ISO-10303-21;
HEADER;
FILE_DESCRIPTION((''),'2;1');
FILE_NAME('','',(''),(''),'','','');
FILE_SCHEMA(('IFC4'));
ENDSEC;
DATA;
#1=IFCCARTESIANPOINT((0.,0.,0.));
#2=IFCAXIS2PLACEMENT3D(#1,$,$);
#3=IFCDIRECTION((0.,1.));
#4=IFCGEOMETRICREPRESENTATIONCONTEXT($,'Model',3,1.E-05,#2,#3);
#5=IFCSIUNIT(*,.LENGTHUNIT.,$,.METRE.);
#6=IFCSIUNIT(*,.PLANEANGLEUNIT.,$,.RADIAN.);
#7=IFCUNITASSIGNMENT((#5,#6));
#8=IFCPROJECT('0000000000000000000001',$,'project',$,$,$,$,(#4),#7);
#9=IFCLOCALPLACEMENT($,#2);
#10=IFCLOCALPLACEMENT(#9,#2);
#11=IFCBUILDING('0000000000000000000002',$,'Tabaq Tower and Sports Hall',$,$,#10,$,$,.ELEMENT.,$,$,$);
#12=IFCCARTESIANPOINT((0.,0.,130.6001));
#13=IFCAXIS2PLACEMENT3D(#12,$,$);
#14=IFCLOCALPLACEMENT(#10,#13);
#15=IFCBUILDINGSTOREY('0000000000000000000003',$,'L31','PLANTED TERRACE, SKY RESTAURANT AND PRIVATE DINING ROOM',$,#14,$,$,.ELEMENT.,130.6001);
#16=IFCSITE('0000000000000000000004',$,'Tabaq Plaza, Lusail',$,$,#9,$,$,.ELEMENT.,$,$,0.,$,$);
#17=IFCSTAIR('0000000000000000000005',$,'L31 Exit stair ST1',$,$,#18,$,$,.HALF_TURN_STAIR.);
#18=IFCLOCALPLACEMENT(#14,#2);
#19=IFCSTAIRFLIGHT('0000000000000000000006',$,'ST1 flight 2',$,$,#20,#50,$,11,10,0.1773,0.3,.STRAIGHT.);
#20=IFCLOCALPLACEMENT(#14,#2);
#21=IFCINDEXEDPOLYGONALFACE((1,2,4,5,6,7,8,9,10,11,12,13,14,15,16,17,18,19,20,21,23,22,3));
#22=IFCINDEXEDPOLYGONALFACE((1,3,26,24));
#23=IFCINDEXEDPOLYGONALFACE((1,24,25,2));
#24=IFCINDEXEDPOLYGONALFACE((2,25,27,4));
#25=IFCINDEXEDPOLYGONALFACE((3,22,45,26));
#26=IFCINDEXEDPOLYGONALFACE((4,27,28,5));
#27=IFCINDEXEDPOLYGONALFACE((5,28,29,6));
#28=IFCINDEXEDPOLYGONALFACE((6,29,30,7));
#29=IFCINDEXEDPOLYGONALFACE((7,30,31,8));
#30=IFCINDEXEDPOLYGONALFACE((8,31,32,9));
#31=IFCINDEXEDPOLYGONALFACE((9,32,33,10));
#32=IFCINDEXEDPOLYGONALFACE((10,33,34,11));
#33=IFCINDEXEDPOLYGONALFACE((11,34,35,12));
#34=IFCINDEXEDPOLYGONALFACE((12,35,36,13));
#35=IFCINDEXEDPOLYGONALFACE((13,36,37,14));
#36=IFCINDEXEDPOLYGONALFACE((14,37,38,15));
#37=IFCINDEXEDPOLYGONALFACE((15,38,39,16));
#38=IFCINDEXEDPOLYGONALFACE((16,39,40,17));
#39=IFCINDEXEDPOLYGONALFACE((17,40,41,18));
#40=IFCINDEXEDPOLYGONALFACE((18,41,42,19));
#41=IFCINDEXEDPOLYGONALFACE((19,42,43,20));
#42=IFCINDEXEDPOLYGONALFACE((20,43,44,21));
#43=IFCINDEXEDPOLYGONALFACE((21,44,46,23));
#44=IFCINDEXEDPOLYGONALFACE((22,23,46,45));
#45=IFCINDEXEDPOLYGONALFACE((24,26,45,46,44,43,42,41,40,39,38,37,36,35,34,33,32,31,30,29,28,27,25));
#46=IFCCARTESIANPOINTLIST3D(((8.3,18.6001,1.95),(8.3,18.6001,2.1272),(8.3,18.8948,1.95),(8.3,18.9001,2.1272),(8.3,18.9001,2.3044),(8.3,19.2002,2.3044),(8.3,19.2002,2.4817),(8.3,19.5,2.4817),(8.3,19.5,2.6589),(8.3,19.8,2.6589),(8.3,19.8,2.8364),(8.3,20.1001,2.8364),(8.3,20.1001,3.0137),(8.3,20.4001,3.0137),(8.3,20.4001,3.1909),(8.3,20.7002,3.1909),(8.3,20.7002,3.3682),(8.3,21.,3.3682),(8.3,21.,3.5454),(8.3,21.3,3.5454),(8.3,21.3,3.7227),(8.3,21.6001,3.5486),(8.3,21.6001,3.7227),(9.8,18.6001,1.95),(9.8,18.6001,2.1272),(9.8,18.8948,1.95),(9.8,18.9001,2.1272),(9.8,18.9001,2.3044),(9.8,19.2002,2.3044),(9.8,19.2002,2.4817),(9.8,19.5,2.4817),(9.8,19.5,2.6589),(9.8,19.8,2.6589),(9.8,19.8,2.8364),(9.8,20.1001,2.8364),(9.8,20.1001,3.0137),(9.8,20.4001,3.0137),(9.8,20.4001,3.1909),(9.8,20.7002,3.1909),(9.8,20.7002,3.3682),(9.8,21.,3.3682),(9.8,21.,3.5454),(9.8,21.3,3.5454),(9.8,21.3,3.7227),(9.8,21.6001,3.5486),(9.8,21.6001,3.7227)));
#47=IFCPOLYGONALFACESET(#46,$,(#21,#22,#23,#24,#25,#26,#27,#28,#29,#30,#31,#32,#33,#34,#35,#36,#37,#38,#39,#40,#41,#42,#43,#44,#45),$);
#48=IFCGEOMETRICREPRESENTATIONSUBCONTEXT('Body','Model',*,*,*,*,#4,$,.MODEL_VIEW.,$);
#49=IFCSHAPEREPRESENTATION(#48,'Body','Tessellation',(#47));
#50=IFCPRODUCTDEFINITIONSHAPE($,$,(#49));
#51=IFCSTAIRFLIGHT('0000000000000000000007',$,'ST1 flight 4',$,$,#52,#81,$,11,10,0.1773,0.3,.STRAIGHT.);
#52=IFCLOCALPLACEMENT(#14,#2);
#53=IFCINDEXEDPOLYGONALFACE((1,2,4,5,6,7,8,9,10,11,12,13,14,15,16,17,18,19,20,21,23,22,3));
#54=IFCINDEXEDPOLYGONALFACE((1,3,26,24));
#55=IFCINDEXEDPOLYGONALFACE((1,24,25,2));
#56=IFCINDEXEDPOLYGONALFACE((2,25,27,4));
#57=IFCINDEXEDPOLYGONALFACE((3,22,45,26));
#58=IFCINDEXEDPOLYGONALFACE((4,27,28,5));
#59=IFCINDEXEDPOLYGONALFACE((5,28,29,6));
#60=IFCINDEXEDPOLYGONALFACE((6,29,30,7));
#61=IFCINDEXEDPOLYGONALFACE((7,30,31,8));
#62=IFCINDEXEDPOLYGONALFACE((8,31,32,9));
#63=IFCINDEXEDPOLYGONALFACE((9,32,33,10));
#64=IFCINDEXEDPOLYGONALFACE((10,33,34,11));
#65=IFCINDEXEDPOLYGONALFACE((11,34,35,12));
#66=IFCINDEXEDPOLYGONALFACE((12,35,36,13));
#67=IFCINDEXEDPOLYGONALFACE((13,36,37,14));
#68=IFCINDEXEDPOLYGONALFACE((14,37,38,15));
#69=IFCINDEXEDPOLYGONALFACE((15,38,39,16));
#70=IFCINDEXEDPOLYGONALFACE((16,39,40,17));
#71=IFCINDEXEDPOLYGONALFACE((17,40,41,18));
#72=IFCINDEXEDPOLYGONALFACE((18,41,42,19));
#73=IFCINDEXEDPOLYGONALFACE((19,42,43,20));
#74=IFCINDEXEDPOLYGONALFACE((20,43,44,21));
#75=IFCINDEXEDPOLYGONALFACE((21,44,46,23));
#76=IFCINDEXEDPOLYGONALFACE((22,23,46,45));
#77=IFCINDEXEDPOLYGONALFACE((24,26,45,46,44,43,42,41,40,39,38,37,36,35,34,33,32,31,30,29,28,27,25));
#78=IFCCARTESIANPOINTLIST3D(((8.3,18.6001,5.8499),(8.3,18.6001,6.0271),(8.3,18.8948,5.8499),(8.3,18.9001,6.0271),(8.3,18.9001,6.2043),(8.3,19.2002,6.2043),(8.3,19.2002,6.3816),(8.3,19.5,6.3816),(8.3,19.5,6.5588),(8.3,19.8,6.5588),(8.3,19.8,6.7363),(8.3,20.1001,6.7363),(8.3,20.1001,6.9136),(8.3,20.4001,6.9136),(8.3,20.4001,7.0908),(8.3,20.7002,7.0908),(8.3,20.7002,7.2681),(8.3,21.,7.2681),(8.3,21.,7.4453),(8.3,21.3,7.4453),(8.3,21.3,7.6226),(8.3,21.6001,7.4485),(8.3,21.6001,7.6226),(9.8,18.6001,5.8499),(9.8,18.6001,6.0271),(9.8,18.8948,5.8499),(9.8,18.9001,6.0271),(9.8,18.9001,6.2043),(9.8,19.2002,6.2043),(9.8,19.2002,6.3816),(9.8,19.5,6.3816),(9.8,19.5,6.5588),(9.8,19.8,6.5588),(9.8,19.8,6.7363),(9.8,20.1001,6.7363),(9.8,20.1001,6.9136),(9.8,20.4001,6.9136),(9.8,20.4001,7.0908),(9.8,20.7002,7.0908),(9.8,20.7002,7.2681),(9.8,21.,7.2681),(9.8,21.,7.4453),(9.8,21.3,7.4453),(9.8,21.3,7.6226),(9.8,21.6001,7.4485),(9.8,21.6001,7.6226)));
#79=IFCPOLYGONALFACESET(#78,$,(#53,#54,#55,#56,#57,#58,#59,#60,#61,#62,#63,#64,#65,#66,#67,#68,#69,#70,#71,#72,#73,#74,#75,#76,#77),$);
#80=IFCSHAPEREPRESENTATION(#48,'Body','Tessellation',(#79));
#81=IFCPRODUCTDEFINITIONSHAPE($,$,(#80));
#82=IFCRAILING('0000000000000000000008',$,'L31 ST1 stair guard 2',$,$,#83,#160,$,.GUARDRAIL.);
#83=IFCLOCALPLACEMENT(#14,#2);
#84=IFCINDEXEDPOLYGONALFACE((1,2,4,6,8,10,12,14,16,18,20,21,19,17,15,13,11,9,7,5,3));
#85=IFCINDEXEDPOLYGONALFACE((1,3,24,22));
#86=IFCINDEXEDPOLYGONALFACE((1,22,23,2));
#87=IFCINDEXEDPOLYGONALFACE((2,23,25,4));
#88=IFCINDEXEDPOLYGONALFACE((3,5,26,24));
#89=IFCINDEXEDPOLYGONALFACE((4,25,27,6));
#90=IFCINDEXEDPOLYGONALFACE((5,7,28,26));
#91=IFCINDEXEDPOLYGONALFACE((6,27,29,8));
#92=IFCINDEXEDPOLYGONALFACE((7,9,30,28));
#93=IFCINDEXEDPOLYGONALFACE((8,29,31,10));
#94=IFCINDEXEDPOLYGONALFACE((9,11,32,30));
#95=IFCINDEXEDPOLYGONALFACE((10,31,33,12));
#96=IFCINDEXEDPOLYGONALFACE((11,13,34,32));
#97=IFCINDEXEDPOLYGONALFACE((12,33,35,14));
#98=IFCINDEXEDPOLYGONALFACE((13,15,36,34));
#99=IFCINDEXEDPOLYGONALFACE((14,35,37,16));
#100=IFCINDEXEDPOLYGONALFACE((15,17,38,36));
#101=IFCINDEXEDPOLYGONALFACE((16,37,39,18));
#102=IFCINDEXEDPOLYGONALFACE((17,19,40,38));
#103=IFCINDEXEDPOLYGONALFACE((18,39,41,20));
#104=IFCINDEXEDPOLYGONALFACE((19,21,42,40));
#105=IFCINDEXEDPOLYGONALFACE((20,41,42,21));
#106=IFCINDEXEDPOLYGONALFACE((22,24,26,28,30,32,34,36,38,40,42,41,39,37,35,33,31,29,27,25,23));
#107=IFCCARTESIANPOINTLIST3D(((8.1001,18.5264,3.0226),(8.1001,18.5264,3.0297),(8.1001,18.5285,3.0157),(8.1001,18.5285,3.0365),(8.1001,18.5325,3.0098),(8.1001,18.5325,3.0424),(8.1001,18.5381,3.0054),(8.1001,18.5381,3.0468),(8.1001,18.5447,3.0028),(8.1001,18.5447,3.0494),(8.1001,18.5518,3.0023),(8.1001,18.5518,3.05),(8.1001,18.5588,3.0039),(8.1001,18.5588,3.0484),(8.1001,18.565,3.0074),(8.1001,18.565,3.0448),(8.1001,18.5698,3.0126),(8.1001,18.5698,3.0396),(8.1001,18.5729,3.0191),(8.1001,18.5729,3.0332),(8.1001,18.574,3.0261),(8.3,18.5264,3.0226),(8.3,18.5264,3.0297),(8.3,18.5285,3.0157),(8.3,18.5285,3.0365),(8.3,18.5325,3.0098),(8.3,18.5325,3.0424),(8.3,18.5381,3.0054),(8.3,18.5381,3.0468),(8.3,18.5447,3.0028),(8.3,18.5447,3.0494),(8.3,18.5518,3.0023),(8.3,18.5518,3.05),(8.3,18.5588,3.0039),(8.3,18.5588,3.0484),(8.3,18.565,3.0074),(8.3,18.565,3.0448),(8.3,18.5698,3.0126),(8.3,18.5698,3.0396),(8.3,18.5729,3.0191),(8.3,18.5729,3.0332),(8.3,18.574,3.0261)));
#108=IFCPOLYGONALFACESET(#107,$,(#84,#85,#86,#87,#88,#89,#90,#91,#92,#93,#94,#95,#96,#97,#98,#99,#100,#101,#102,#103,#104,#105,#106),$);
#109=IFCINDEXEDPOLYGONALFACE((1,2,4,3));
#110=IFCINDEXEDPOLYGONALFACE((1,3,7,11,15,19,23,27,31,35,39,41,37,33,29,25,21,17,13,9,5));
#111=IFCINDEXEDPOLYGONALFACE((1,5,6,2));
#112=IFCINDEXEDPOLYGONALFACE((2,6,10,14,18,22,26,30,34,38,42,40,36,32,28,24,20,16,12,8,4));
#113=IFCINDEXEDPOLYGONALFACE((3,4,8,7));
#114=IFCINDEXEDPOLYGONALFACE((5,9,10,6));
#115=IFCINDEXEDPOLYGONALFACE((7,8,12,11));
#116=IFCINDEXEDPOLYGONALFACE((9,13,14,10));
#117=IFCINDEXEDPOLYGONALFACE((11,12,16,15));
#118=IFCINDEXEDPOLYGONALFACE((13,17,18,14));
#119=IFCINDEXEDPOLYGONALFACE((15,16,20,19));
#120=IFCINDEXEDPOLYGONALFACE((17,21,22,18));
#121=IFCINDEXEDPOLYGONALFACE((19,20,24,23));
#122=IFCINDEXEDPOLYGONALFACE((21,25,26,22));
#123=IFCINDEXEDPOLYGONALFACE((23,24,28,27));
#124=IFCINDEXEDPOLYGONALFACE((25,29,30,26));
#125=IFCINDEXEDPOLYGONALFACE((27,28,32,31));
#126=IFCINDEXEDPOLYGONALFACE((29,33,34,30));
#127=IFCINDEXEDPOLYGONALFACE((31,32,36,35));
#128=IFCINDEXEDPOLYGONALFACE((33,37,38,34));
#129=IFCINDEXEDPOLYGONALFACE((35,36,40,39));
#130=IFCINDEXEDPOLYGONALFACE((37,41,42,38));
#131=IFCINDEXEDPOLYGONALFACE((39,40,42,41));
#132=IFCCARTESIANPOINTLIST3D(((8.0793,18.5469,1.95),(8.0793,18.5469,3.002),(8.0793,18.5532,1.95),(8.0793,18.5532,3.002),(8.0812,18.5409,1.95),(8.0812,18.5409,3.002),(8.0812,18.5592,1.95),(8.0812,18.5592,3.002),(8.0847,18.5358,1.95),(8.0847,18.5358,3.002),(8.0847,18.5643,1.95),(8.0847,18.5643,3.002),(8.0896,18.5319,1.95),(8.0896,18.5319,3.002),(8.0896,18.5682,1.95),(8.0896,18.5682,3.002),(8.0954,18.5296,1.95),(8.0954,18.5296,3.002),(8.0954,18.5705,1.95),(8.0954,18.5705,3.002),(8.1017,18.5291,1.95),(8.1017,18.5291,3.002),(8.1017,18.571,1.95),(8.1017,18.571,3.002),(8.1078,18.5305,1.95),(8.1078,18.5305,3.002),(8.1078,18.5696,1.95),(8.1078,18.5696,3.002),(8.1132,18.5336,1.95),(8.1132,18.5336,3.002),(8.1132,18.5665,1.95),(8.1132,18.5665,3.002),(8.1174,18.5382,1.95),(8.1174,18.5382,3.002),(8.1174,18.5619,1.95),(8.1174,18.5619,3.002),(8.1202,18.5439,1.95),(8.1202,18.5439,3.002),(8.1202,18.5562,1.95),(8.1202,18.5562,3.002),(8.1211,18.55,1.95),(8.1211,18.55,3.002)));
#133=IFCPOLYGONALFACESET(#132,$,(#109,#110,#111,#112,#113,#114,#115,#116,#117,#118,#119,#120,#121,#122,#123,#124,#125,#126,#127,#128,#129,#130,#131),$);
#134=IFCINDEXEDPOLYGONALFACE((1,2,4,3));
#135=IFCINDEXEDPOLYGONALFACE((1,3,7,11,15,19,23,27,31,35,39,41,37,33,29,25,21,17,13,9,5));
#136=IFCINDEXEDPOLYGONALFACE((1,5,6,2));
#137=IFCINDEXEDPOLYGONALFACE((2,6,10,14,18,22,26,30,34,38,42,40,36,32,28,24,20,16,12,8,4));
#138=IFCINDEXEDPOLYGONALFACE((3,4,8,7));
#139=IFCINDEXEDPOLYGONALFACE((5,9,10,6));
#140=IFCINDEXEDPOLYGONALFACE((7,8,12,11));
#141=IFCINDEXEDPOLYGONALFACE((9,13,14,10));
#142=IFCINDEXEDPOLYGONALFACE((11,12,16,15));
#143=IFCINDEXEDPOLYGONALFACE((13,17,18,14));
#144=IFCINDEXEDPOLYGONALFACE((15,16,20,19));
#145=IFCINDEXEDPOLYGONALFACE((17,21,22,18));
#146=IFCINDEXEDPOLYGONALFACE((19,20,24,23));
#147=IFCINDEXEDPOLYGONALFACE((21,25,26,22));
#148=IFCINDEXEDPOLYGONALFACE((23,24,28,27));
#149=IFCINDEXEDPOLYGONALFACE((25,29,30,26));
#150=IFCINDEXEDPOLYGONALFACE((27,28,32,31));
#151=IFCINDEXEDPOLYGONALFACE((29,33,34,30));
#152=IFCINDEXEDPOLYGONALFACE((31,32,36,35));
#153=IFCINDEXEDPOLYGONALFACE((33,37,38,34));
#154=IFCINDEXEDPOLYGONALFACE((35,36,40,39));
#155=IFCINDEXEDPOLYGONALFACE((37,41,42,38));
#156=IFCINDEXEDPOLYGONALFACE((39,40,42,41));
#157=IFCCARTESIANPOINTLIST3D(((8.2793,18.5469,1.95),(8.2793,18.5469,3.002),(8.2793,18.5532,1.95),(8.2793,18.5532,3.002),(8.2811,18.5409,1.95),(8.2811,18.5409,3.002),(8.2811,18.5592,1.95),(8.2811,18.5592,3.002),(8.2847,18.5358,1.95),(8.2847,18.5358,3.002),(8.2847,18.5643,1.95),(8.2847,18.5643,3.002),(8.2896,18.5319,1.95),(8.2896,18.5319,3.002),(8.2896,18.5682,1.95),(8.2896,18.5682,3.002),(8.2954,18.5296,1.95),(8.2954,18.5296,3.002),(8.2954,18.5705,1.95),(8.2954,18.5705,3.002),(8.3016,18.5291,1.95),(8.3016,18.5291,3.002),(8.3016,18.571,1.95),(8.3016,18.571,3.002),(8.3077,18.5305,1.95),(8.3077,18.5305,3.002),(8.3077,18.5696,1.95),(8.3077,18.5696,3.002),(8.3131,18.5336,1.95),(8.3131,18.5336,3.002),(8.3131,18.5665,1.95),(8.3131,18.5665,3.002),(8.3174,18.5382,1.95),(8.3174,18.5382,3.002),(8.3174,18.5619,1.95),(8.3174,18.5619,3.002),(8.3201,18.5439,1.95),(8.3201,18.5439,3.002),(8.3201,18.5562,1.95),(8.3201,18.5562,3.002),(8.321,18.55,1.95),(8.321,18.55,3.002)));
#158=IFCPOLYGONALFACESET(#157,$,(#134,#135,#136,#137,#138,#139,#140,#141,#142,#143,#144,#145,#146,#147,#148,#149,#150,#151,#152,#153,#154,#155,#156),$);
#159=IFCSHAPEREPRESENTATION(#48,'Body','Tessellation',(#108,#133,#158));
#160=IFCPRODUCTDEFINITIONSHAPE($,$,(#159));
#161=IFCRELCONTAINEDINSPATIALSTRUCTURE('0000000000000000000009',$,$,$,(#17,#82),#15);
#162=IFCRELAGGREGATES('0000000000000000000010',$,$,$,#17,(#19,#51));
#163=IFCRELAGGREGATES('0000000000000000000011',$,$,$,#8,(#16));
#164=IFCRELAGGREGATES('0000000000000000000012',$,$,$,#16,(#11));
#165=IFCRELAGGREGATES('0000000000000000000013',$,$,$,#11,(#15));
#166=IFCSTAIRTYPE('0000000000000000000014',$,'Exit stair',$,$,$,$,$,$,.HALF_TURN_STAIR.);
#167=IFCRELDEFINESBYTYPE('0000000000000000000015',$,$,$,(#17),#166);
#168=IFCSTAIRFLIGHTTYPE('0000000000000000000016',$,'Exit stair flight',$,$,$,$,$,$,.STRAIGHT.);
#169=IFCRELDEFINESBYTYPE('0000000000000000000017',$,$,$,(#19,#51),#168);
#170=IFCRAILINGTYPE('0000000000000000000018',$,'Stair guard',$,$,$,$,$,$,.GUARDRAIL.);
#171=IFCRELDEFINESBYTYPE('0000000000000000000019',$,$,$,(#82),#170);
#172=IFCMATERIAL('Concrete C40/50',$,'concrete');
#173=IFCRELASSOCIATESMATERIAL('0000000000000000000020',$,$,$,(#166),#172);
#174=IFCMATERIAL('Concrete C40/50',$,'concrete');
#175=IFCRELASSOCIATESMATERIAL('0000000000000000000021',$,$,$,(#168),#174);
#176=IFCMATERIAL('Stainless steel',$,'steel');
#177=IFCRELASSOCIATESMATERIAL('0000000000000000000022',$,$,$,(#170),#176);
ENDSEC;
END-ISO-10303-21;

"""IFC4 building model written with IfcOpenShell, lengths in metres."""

from ifc_helpers import new_model, si_unit, direction, frame, origin, origin_2d, place, context, subcontext, project, spatial, polyline, circle, outline, extrude, material, type_object, element, aggregate, save


model = new_model("IFC4")

# Units and contexts
model_context = context("Model", 3, precision=1e-05, world=origin(), true_north=direction((0.0, 1.0)))
body_context = subcontext(model_context, "Body", "Model", "MODEL_VIEW")
ifc_project = project(units=[si_unit("LENGTHUNIT", "METRE"), si_unit("PLANEANGLEUNIT", "RADIAN")], contexts=[model_context])

# Site, building, storey
site_placement = place(None, origin())
site = spatial("IfcSite", under=ifc_project, at=site_placement, Name="Tabaq Plaza, Lusail", CompositionType="ELEMENT", RefElevation=0.0)
building_placement = place(site_placement, origin())
building = spatial("IfcBuilding", under=site, at=building_placement, Name="Tabaq Tower and Sports Hall", CompositionType="ELEMENT")
storey_placement = place(building_placement, frame((0.0, 0.0, 130.6001)))
storey = spatial("IfcBuildingStorey", under=building, at=storey_placement, Name="L31", Description="PLANTED TERRACE, SKY RESTAURANT AND PRIVATE DINING ROOM", CompositionType="ELEMENT", Elevation=130.6001)

# Stair, stair flights
ifc_material_1 = material(Name="Concrete C40/50", Category="concrete")
stair_type = type_object("IfcStairType", Name="Exit stair", PredefinedType="HALF_TURN_STAIR", material=ifc_material_1)
stair_placement = place(storey_placement, origin())
stair = element("IfcStair", 1, at=stair_placement, inside=storey, type_object=stair_type, Name="L31 Exit stair ST1", PredefinedType="HALF_TURN_STAIR")
ifc_material_2 = material(Name="Concrete C40/50", Category="concrete")
stair_flight_type = type_object("IfcStairFlightType", Name="Exit stair flight", PredefinedType="STRAIGHT", material=ifc_material_2)
stair_flight_1_placement = place(storey_placement, frame((9.05, 18.6001, 1.95), z_axis=(0.0, 0.0, 1.0), x_axis=(0.0, 1.0, 0.0)))
stair_flight_1 = element("IfcStairFlight", 2, at=stair_flight_1_placement, type_object=stair_flight_type, Name="ST1 flight 2", NumberOfRisers=11, NumberOfTreads=10, PredefinedType="STRAIGHT", RiserHeight=0.1773, TreadLength=0.3, context=body_context, shape_type="SweptSolid", body=[
    extrude(outline(polyline([(0.0, 0.0), (0.0, 0.1772), (0.3, 0.1772), (0.3, 0.3545), (0.6001, 0.3545), (0.6001, 0.5317), (0.8999, 0.5317), (0.8999, 0.709), (1.2, 0.709), (1.2, 0.8865), (1.5, 0.8865), (1.5, 1.0637), (1.8, 1.0637), (1.8, 1.241), (2.1001, 1.241), (2.1001, 1.4182), (2.3999, 1.4182), (2.3999, 1.5955), (2.7, 1.5955), (2.7, 1.7727), (3.0, 1.7727), (3.0, 1.95), (3.0, 1.5986), (0.2947, 0.0), (0.0, 0.0)])), frame((0.0, 0.75, 0.0), z_axis=(0.0, -1.0, 0.0), x_axis=(1.0, 0.0, 0.0)), (0.0, 0.0, 1.0), 1.5),
])
stair_flight_2_placement = place(storey_placement, frame((9.05, 18.6001, 5.8499), z_axis=(0.0, 0.0, 1.0), x_axis=(0.0, 1.0, 0.0)))
stair_flight_2 = element("IfcStairFlight", 3, at=stair_flight_2_placement, type_object=stair_flight_type, Name="ST1 flight 4", NumberOfRisers=11, NumberOfTreads=10, PredefinedType="STRAIGHT", RiserHeight=0.1773, TreadLength=0.3, context=body_context, shape_type="SweptSolid", body=[
    extrude(outline(polyline([(0.0, 0.0), (0.0, 0.1772), (0.3, 0.1772), (0.3, 0.3545), (0.6001, 0.3545), (0.6001, 0.5317), (0.8999, 0.5317), (0.8999, 0.709), (1.2, 0.709), (1.2, 0.8865), (1.5, 0.8865), (1.5, 1.0637), (1.8, 1.0637), (1.8, 1.241), (2.1001, 1.241), (2.1001, 1.4182), (2.3999, 1.4182), (2.3999, 1.5955), (2.7, 1.5955), (2.7, 1.7727), (3.0, 1.7727), (3.0, 1.95), (3.0, 1.5986), (0.2947, 0.0), (0.0, 0.0)])), frame((0.0, 0.75, 0.0), z_axis=(0.0, -1.0, 0.0), x_axis=(1.0, 0.0, 0.0)), (0.0, 0.0, 1.0), 1.5),
])
aggregate(stair, [stair_flight_1, stair_flight_2])

# Railing
ifc_material_3 = material(Name="Stainless steel", Category="steel")
railing_type_1 = type_object("IfcRailingType", Name="Stair guard", PredefinedType="GUARDRAIL", material=ifc_material_3)
railing_1_placement = place(storey_placement, frame((8.1001, 18.55, 1.95)))
element("IfcRailing", 4, at=railing_1_placement, inside=storey, type_object=railing_type_1, Name="L31 ST1 stair guard 2", PredefinedType="GUARDRAIL", context=body_context, shape_type="SweptSolid", body=[
    extrude(circle(Radius=0.0239, at=origin_2d()), frame((0.0, 0.0, 1.0762), z_axis=(1.0, 0.0, 0.0), x_axis=(0.0, 1.0, 0.0)), (0.0, 0.0, 1.0), 0.2),
    extrude(circle(Radius=0.021, at=origin_2d()), origin(), (0.0, 0.0, 1.0), 1.052),
    extrude(circle(Radius=0.021, at=origin_2d()), frame((0.2, 0.0, 0.0)), (0.0, 0.0, 1.0), 1.052),
])

save(model, "model.ifc")
